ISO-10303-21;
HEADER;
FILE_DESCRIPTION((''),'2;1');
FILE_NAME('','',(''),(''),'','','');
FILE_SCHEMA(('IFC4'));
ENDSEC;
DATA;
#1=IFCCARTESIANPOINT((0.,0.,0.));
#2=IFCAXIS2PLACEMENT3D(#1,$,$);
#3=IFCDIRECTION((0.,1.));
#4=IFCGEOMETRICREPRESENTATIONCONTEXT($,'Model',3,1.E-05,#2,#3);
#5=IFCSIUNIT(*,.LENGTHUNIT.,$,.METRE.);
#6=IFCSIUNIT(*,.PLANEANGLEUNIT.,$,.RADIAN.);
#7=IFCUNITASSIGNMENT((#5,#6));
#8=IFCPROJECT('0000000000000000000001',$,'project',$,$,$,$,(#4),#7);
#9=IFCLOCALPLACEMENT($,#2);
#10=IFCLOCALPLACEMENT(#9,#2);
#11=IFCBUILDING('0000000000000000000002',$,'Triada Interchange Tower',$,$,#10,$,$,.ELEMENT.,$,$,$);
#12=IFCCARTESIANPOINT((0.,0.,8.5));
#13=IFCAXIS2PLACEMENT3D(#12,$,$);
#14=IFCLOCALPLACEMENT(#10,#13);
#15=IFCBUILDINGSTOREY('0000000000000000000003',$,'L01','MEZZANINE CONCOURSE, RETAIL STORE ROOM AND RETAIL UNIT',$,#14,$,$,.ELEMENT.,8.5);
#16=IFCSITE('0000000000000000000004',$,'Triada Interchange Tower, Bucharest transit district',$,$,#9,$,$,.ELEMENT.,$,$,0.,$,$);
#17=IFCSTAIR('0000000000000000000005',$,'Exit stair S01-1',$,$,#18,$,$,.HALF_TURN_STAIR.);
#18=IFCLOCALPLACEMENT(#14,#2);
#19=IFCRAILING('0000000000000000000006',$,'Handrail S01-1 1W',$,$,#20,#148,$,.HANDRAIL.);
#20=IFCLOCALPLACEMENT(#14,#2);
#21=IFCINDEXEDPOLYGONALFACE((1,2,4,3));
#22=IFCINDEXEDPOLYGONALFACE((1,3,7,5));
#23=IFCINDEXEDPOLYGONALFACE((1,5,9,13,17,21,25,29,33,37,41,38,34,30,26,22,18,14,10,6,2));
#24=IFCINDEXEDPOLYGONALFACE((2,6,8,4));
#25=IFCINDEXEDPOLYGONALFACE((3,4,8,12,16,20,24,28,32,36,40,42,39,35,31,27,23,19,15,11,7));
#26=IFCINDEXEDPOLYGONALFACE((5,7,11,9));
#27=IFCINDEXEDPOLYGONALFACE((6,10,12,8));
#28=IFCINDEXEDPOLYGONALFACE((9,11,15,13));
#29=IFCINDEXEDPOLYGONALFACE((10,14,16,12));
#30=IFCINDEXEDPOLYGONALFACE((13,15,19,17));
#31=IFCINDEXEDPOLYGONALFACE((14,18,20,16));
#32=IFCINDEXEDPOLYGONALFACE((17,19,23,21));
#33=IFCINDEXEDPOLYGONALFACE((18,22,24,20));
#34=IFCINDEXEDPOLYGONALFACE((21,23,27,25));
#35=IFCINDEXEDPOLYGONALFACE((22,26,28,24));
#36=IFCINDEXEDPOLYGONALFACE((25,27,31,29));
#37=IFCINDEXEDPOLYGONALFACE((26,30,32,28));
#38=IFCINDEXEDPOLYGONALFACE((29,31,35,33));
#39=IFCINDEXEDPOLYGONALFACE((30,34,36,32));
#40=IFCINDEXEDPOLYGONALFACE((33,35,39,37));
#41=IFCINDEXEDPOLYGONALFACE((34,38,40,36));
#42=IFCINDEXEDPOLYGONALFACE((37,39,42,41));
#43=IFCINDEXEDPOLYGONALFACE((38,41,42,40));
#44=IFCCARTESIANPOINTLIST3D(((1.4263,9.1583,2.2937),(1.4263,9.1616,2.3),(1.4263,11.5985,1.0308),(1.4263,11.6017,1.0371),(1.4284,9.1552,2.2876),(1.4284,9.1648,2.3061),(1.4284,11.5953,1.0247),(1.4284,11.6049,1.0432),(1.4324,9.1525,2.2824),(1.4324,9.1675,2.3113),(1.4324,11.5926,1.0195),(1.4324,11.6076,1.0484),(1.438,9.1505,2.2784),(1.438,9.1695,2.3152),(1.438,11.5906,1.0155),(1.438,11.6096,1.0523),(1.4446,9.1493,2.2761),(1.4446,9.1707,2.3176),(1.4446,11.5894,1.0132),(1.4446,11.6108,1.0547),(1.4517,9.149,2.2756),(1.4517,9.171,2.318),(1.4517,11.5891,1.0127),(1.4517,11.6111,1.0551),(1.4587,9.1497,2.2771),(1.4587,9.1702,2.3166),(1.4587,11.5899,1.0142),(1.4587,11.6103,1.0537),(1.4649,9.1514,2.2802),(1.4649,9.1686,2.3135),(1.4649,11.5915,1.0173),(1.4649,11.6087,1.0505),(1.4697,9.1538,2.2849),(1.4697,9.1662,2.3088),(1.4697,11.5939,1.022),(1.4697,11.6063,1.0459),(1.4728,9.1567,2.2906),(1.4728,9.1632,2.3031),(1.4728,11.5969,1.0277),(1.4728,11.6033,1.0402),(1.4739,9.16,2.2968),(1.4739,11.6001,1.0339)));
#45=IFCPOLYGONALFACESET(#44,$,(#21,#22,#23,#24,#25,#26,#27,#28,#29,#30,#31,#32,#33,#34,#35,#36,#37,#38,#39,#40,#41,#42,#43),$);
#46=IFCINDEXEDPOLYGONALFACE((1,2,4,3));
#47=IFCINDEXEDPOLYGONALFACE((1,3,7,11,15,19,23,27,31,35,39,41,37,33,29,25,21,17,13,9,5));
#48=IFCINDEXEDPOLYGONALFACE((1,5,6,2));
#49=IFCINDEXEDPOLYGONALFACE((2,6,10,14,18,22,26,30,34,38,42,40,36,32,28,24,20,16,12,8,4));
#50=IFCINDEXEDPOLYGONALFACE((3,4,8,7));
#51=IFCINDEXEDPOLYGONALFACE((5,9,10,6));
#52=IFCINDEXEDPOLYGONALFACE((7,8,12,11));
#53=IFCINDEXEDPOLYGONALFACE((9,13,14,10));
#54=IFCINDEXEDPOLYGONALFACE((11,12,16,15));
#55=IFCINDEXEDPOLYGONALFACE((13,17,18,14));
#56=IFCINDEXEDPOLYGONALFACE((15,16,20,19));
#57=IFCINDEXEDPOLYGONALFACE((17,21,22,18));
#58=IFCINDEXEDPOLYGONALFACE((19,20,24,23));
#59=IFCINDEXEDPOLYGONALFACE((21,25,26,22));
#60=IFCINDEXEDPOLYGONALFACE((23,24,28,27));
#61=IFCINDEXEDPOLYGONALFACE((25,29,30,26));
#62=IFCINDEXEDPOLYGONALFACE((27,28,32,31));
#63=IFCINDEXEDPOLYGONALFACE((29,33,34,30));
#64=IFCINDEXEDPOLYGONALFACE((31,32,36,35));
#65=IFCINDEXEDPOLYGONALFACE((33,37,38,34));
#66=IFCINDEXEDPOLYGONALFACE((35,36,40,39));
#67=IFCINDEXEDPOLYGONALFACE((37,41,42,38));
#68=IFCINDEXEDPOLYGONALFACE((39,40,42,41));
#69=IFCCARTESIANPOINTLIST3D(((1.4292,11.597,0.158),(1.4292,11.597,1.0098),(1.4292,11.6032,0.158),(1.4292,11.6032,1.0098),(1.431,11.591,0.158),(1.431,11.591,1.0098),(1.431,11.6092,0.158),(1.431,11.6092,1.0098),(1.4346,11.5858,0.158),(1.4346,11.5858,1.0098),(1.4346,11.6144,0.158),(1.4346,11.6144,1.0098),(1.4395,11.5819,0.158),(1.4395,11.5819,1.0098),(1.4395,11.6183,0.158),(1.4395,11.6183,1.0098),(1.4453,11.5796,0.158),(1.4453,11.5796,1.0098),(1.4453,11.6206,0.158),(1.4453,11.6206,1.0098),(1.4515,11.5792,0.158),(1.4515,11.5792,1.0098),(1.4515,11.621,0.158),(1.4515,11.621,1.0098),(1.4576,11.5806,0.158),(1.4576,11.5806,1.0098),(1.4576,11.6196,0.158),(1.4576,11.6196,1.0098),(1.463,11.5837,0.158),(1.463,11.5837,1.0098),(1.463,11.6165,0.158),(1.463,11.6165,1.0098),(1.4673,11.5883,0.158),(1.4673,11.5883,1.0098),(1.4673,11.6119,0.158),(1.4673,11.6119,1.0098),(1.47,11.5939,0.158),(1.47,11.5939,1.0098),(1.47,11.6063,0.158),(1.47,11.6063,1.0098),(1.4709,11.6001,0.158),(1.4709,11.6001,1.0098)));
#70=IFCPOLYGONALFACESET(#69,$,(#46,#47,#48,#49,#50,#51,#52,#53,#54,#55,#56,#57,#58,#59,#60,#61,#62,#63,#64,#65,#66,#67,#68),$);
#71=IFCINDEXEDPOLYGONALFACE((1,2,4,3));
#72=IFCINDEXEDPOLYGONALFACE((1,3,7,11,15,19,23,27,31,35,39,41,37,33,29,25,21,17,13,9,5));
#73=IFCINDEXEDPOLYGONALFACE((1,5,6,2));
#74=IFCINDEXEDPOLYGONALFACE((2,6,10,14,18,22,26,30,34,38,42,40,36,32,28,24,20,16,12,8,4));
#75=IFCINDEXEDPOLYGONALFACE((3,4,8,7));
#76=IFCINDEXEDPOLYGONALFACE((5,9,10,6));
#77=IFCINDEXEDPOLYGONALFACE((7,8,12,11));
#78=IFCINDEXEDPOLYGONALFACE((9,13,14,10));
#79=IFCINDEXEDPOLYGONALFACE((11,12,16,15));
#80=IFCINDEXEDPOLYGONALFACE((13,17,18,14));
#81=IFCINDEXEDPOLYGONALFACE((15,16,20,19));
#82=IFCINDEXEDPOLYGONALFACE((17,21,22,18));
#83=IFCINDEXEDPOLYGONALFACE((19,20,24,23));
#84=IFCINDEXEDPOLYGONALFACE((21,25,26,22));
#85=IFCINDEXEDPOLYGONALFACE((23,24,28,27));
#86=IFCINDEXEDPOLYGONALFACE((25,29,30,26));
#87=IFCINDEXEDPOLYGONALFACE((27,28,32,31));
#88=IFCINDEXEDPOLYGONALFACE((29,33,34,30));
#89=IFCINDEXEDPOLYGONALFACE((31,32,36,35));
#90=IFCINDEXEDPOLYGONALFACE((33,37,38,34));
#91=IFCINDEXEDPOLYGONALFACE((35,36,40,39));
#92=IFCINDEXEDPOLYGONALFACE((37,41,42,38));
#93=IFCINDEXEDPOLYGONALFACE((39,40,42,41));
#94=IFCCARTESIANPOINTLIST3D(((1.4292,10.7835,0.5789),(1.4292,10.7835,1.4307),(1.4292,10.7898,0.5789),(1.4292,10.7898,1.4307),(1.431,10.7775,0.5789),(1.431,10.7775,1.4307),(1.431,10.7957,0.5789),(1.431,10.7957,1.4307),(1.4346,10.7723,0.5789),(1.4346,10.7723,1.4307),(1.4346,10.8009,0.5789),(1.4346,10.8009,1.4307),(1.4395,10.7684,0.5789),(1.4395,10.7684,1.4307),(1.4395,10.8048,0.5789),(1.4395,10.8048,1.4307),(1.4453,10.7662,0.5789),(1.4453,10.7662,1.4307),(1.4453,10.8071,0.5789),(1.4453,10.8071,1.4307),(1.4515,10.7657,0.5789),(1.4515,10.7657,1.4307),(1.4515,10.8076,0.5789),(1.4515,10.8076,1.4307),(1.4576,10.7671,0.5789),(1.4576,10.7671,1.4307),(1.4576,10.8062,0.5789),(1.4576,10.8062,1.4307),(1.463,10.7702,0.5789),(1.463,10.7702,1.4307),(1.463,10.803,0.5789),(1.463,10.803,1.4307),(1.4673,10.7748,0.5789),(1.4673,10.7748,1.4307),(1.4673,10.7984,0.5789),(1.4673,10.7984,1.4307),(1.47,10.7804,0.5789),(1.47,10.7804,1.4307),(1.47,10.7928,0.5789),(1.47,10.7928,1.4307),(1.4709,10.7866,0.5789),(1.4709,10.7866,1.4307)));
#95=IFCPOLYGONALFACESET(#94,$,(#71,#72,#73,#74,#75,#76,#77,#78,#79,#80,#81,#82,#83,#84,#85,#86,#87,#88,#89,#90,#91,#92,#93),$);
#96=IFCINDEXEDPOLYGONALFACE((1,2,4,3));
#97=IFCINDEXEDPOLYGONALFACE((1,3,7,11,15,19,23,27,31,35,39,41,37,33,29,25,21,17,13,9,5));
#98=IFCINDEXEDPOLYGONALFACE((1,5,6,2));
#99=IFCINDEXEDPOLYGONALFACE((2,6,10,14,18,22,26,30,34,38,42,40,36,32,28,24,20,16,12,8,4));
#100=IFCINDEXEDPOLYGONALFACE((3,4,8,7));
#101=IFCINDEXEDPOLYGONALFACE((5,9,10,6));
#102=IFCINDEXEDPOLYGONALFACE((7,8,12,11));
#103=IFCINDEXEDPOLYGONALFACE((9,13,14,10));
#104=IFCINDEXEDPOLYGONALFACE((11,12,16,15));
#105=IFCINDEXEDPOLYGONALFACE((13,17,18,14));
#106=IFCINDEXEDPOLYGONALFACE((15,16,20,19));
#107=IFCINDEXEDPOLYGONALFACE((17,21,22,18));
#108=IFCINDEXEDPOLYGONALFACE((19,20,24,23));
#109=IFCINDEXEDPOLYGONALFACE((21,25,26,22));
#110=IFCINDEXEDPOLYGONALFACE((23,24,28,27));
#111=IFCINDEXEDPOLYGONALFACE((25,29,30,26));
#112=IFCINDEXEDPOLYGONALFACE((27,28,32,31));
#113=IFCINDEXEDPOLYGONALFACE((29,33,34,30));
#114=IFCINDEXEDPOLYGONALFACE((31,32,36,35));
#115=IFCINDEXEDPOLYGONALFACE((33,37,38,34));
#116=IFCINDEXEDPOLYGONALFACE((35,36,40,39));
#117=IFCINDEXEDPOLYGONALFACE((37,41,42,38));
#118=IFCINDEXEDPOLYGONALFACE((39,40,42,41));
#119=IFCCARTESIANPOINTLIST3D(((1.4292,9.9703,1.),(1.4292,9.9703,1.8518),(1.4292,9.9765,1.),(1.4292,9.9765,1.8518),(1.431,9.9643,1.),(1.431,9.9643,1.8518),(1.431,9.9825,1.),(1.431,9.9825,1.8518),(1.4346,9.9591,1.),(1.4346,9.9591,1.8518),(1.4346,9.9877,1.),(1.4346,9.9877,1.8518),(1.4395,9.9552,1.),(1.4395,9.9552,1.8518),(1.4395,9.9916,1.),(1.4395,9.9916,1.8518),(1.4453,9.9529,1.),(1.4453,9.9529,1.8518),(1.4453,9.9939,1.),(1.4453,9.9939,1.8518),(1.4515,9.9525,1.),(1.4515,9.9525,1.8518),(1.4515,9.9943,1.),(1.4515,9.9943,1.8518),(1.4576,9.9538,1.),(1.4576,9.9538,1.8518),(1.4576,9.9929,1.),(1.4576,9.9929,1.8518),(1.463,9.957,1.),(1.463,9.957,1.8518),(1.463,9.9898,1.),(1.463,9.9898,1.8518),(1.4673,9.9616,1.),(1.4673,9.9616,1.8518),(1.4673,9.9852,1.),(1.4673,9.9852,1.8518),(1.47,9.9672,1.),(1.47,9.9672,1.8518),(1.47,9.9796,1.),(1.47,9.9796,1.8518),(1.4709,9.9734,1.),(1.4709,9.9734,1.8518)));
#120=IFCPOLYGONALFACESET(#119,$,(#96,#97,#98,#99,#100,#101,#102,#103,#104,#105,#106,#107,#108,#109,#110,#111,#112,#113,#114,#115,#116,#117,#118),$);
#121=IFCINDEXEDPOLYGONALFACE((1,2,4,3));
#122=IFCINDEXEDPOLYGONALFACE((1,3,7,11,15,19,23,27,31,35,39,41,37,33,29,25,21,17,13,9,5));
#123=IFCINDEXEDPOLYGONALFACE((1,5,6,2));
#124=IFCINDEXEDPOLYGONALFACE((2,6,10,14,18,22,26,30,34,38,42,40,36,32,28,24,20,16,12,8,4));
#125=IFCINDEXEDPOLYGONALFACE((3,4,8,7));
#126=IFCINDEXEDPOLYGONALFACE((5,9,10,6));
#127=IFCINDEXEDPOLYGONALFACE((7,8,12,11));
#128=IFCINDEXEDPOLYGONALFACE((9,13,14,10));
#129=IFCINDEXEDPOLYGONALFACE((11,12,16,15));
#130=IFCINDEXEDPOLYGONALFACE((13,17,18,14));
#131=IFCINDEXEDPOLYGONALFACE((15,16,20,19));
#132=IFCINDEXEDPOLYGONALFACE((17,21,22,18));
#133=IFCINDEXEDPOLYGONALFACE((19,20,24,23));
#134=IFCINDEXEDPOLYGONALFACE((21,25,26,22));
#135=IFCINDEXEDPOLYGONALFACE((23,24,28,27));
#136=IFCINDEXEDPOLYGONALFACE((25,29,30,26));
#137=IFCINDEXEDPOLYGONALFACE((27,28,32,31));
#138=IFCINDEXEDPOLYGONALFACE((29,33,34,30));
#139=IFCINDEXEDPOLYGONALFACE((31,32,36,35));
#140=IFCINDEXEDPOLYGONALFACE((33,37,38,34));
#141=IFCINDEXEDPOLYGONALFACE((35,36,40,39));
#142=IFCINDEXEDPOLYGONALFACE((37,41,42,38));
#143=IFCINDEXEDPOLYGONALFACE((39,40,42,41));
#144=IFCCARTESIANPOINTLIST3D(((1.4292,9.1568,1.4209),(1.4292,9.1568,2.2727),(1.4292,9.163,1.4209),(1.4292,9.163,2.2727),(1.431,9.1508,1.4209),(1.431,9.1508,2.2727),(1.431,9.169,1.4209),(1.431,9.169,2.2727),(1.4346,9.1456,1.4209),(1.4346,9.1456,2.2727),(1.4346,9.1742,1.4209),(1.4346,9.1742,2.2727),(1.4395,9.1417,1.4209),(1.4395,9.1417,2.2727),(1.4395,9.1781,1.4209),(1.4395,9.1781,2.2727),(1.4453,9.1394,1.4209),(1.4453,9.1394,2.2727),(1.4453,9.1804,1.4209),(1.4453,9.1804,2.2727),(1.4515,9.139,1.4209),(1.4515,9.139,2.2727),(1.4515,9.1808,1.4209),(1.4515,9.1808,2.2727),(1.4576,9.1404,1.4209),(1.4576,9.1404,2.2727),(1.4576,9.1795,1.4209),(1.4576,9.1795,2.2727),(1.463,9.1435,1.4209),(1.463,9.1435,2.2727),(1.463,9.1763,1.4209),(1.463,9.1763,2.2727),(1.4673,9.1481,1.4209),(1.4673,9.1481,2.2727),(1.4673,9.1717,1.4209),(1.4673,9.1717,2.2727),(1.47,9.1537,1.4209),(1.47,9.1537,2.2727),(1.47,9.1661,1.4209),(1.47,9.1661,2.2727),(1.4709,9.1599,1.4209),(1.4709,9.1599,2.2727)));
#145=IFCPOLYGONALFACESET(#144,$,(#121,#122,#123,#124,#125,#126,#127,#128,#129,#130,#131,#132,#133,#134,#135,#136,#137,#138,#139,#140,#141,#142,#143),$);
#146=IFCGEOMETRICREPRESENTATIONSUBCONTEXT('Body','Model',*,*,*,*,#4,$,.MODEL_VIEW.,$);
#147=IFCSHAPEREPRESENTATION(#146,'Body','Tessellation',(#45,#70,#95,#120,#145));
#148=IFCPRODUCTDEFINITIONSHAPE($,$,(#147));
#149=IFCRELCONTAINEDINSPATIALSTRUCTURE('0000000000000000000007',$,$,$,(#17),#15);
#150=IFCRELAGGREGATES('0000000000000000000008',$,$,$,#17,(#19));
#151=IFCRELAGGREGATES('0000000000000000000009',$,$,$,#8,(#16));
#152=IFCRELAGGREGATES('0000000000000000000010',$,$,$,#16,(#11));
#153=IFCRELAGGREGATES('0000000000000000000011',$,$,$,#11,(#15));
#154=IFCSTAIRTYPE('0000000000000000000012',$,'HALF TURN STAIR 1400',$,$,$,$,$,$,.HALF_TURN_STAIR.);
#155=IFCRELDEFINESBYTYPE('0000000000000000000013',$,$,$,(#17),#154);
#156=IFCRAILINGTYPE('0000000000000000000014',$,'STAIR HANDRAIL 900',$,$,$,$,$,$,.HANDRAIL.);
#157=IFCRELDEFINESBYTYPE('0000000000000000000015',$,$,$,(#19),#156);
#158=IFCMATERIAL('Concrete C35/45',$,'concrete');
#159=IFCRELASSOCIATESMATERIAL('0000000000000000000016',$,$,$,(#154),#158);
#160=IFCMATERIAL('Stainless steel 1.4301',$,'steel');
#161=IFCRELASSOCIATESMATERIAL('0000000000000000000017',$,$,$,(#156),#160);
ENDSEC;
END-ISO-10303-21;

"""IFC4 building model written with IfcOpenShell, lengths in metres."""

from ifc_helpers import new_model, si_unit, direction, frame, origin, origin_2d, place, context, subcontext, project, spatial, circle, extrude, material, type_object, element, aggregate, save


model = new_model("IFC4")

# Units and contexts
model_context = context("Model", 3, precision=1e-05, world=origin(), true_north=direction((0.0, 1.0)))
body_context = subcontext(model_context, "Body", "Model", "MODEL_VIEW")
ifc_project = project(units=[si_unit("LENGTHUNIT", "METRE"), si_unit("PLANEANGLEUNIT", "RADIAN")], contexts=[model_context])

# Site, building, storey
site_placement = place(None, origin())
site = spatial("IfcSite", under=ifc_project, at=site_placement, Name="Triada Interchange Tower, Bucharest transit district", CompositionType="ELEMENT", RefElevation=0.0)
building_placement = place(site_placement, origin())
building = spatial("IfcBuilding", under=site, at=building_placement, Name="Triada Interchange Tower", CompositionType="ELEMENT")
storey_placement = place(building_placement, frame((0.0, 0.0, 8.5)))
storey = spatial("IfcBuildingStorey", under=building, at=storey_placement, Name="L01", Description="MEZZANINE CONCOURSE, RETAIL STORE ROOM AND RETAIL UNIT", CompositionType="ELEMENT", Elevation=8.5)

# Shared definitions
ifc_material_1 = material(Name="Concrete C35/45", Category="concrete")

# Shared definitions
stair_type = type_object("IfcStairType", Name="HALF TURN STAIR 1400", PredefinedType="HALF_TURN_STAIR", material=ifc_material_1)

# Stair, railing
stair_1_placement = place(storey_placement, origin())
stair_1 = element("IfcStair", 1, at=stair_1_placement, inside=storey, type_object=stair_type, Name="Exit stair S01-1", PredefinedType="HALF_TURN_STAIR")
ifc_material_2 = material(Name="Stainless steel 1.4301", Category="steel")
railing_type_1 = type_object("IfcRailingType", Name="STAIR HANDRAIL 900", PredefinedType="HANDRAIL", material=ifc_material_2)
railing_1_placement = place(storey_placement, frame((1.45, 11.6001, 0.158)))
railing_1 = element("IfcRailing", 2, at=railing_1_placement, type_object=railing_type_1, Name="Handrail S01-1 1W", PredefinedType="HANDRAIL", context=body_context, shape_type="SweptSolid", body=[
    extrude(circle(Radius=0.0239, at=origin_2d()), frame((0.0, 0.0, 0.876), z_axis=(0.0, -0.888103, 0.459645), x_axis=(1.0, 0.0, 0.0)), (0.0, 0.0, 1.0), 2.7476),
    extrude(circle(Radius=0.021, at=origin_2d()), origin(), (0.0, 0.0, 1.0), 0.8518),
    extrude(circle(Radius=0.021, at=origin_2d()), frame((0.0, -0.8135, 0.4209)), (0.0, 0.0, 1.0), 0.8518),
    extrude(circle(Radius=0.021, at=origin_2d()), frame((0.0, -1.6267, 0.842)), (0.0, 0.0, 1.0), 0.8518),
    extrude(circle(Radius=0.021, at=origin_2d()), frame((0.0, -2.4402, 1.2629)), (0.0, 0.0, 1.0), 0.8518),
])
aggregate(stair_1, [railing_1])

save(model, "model.ifc")
